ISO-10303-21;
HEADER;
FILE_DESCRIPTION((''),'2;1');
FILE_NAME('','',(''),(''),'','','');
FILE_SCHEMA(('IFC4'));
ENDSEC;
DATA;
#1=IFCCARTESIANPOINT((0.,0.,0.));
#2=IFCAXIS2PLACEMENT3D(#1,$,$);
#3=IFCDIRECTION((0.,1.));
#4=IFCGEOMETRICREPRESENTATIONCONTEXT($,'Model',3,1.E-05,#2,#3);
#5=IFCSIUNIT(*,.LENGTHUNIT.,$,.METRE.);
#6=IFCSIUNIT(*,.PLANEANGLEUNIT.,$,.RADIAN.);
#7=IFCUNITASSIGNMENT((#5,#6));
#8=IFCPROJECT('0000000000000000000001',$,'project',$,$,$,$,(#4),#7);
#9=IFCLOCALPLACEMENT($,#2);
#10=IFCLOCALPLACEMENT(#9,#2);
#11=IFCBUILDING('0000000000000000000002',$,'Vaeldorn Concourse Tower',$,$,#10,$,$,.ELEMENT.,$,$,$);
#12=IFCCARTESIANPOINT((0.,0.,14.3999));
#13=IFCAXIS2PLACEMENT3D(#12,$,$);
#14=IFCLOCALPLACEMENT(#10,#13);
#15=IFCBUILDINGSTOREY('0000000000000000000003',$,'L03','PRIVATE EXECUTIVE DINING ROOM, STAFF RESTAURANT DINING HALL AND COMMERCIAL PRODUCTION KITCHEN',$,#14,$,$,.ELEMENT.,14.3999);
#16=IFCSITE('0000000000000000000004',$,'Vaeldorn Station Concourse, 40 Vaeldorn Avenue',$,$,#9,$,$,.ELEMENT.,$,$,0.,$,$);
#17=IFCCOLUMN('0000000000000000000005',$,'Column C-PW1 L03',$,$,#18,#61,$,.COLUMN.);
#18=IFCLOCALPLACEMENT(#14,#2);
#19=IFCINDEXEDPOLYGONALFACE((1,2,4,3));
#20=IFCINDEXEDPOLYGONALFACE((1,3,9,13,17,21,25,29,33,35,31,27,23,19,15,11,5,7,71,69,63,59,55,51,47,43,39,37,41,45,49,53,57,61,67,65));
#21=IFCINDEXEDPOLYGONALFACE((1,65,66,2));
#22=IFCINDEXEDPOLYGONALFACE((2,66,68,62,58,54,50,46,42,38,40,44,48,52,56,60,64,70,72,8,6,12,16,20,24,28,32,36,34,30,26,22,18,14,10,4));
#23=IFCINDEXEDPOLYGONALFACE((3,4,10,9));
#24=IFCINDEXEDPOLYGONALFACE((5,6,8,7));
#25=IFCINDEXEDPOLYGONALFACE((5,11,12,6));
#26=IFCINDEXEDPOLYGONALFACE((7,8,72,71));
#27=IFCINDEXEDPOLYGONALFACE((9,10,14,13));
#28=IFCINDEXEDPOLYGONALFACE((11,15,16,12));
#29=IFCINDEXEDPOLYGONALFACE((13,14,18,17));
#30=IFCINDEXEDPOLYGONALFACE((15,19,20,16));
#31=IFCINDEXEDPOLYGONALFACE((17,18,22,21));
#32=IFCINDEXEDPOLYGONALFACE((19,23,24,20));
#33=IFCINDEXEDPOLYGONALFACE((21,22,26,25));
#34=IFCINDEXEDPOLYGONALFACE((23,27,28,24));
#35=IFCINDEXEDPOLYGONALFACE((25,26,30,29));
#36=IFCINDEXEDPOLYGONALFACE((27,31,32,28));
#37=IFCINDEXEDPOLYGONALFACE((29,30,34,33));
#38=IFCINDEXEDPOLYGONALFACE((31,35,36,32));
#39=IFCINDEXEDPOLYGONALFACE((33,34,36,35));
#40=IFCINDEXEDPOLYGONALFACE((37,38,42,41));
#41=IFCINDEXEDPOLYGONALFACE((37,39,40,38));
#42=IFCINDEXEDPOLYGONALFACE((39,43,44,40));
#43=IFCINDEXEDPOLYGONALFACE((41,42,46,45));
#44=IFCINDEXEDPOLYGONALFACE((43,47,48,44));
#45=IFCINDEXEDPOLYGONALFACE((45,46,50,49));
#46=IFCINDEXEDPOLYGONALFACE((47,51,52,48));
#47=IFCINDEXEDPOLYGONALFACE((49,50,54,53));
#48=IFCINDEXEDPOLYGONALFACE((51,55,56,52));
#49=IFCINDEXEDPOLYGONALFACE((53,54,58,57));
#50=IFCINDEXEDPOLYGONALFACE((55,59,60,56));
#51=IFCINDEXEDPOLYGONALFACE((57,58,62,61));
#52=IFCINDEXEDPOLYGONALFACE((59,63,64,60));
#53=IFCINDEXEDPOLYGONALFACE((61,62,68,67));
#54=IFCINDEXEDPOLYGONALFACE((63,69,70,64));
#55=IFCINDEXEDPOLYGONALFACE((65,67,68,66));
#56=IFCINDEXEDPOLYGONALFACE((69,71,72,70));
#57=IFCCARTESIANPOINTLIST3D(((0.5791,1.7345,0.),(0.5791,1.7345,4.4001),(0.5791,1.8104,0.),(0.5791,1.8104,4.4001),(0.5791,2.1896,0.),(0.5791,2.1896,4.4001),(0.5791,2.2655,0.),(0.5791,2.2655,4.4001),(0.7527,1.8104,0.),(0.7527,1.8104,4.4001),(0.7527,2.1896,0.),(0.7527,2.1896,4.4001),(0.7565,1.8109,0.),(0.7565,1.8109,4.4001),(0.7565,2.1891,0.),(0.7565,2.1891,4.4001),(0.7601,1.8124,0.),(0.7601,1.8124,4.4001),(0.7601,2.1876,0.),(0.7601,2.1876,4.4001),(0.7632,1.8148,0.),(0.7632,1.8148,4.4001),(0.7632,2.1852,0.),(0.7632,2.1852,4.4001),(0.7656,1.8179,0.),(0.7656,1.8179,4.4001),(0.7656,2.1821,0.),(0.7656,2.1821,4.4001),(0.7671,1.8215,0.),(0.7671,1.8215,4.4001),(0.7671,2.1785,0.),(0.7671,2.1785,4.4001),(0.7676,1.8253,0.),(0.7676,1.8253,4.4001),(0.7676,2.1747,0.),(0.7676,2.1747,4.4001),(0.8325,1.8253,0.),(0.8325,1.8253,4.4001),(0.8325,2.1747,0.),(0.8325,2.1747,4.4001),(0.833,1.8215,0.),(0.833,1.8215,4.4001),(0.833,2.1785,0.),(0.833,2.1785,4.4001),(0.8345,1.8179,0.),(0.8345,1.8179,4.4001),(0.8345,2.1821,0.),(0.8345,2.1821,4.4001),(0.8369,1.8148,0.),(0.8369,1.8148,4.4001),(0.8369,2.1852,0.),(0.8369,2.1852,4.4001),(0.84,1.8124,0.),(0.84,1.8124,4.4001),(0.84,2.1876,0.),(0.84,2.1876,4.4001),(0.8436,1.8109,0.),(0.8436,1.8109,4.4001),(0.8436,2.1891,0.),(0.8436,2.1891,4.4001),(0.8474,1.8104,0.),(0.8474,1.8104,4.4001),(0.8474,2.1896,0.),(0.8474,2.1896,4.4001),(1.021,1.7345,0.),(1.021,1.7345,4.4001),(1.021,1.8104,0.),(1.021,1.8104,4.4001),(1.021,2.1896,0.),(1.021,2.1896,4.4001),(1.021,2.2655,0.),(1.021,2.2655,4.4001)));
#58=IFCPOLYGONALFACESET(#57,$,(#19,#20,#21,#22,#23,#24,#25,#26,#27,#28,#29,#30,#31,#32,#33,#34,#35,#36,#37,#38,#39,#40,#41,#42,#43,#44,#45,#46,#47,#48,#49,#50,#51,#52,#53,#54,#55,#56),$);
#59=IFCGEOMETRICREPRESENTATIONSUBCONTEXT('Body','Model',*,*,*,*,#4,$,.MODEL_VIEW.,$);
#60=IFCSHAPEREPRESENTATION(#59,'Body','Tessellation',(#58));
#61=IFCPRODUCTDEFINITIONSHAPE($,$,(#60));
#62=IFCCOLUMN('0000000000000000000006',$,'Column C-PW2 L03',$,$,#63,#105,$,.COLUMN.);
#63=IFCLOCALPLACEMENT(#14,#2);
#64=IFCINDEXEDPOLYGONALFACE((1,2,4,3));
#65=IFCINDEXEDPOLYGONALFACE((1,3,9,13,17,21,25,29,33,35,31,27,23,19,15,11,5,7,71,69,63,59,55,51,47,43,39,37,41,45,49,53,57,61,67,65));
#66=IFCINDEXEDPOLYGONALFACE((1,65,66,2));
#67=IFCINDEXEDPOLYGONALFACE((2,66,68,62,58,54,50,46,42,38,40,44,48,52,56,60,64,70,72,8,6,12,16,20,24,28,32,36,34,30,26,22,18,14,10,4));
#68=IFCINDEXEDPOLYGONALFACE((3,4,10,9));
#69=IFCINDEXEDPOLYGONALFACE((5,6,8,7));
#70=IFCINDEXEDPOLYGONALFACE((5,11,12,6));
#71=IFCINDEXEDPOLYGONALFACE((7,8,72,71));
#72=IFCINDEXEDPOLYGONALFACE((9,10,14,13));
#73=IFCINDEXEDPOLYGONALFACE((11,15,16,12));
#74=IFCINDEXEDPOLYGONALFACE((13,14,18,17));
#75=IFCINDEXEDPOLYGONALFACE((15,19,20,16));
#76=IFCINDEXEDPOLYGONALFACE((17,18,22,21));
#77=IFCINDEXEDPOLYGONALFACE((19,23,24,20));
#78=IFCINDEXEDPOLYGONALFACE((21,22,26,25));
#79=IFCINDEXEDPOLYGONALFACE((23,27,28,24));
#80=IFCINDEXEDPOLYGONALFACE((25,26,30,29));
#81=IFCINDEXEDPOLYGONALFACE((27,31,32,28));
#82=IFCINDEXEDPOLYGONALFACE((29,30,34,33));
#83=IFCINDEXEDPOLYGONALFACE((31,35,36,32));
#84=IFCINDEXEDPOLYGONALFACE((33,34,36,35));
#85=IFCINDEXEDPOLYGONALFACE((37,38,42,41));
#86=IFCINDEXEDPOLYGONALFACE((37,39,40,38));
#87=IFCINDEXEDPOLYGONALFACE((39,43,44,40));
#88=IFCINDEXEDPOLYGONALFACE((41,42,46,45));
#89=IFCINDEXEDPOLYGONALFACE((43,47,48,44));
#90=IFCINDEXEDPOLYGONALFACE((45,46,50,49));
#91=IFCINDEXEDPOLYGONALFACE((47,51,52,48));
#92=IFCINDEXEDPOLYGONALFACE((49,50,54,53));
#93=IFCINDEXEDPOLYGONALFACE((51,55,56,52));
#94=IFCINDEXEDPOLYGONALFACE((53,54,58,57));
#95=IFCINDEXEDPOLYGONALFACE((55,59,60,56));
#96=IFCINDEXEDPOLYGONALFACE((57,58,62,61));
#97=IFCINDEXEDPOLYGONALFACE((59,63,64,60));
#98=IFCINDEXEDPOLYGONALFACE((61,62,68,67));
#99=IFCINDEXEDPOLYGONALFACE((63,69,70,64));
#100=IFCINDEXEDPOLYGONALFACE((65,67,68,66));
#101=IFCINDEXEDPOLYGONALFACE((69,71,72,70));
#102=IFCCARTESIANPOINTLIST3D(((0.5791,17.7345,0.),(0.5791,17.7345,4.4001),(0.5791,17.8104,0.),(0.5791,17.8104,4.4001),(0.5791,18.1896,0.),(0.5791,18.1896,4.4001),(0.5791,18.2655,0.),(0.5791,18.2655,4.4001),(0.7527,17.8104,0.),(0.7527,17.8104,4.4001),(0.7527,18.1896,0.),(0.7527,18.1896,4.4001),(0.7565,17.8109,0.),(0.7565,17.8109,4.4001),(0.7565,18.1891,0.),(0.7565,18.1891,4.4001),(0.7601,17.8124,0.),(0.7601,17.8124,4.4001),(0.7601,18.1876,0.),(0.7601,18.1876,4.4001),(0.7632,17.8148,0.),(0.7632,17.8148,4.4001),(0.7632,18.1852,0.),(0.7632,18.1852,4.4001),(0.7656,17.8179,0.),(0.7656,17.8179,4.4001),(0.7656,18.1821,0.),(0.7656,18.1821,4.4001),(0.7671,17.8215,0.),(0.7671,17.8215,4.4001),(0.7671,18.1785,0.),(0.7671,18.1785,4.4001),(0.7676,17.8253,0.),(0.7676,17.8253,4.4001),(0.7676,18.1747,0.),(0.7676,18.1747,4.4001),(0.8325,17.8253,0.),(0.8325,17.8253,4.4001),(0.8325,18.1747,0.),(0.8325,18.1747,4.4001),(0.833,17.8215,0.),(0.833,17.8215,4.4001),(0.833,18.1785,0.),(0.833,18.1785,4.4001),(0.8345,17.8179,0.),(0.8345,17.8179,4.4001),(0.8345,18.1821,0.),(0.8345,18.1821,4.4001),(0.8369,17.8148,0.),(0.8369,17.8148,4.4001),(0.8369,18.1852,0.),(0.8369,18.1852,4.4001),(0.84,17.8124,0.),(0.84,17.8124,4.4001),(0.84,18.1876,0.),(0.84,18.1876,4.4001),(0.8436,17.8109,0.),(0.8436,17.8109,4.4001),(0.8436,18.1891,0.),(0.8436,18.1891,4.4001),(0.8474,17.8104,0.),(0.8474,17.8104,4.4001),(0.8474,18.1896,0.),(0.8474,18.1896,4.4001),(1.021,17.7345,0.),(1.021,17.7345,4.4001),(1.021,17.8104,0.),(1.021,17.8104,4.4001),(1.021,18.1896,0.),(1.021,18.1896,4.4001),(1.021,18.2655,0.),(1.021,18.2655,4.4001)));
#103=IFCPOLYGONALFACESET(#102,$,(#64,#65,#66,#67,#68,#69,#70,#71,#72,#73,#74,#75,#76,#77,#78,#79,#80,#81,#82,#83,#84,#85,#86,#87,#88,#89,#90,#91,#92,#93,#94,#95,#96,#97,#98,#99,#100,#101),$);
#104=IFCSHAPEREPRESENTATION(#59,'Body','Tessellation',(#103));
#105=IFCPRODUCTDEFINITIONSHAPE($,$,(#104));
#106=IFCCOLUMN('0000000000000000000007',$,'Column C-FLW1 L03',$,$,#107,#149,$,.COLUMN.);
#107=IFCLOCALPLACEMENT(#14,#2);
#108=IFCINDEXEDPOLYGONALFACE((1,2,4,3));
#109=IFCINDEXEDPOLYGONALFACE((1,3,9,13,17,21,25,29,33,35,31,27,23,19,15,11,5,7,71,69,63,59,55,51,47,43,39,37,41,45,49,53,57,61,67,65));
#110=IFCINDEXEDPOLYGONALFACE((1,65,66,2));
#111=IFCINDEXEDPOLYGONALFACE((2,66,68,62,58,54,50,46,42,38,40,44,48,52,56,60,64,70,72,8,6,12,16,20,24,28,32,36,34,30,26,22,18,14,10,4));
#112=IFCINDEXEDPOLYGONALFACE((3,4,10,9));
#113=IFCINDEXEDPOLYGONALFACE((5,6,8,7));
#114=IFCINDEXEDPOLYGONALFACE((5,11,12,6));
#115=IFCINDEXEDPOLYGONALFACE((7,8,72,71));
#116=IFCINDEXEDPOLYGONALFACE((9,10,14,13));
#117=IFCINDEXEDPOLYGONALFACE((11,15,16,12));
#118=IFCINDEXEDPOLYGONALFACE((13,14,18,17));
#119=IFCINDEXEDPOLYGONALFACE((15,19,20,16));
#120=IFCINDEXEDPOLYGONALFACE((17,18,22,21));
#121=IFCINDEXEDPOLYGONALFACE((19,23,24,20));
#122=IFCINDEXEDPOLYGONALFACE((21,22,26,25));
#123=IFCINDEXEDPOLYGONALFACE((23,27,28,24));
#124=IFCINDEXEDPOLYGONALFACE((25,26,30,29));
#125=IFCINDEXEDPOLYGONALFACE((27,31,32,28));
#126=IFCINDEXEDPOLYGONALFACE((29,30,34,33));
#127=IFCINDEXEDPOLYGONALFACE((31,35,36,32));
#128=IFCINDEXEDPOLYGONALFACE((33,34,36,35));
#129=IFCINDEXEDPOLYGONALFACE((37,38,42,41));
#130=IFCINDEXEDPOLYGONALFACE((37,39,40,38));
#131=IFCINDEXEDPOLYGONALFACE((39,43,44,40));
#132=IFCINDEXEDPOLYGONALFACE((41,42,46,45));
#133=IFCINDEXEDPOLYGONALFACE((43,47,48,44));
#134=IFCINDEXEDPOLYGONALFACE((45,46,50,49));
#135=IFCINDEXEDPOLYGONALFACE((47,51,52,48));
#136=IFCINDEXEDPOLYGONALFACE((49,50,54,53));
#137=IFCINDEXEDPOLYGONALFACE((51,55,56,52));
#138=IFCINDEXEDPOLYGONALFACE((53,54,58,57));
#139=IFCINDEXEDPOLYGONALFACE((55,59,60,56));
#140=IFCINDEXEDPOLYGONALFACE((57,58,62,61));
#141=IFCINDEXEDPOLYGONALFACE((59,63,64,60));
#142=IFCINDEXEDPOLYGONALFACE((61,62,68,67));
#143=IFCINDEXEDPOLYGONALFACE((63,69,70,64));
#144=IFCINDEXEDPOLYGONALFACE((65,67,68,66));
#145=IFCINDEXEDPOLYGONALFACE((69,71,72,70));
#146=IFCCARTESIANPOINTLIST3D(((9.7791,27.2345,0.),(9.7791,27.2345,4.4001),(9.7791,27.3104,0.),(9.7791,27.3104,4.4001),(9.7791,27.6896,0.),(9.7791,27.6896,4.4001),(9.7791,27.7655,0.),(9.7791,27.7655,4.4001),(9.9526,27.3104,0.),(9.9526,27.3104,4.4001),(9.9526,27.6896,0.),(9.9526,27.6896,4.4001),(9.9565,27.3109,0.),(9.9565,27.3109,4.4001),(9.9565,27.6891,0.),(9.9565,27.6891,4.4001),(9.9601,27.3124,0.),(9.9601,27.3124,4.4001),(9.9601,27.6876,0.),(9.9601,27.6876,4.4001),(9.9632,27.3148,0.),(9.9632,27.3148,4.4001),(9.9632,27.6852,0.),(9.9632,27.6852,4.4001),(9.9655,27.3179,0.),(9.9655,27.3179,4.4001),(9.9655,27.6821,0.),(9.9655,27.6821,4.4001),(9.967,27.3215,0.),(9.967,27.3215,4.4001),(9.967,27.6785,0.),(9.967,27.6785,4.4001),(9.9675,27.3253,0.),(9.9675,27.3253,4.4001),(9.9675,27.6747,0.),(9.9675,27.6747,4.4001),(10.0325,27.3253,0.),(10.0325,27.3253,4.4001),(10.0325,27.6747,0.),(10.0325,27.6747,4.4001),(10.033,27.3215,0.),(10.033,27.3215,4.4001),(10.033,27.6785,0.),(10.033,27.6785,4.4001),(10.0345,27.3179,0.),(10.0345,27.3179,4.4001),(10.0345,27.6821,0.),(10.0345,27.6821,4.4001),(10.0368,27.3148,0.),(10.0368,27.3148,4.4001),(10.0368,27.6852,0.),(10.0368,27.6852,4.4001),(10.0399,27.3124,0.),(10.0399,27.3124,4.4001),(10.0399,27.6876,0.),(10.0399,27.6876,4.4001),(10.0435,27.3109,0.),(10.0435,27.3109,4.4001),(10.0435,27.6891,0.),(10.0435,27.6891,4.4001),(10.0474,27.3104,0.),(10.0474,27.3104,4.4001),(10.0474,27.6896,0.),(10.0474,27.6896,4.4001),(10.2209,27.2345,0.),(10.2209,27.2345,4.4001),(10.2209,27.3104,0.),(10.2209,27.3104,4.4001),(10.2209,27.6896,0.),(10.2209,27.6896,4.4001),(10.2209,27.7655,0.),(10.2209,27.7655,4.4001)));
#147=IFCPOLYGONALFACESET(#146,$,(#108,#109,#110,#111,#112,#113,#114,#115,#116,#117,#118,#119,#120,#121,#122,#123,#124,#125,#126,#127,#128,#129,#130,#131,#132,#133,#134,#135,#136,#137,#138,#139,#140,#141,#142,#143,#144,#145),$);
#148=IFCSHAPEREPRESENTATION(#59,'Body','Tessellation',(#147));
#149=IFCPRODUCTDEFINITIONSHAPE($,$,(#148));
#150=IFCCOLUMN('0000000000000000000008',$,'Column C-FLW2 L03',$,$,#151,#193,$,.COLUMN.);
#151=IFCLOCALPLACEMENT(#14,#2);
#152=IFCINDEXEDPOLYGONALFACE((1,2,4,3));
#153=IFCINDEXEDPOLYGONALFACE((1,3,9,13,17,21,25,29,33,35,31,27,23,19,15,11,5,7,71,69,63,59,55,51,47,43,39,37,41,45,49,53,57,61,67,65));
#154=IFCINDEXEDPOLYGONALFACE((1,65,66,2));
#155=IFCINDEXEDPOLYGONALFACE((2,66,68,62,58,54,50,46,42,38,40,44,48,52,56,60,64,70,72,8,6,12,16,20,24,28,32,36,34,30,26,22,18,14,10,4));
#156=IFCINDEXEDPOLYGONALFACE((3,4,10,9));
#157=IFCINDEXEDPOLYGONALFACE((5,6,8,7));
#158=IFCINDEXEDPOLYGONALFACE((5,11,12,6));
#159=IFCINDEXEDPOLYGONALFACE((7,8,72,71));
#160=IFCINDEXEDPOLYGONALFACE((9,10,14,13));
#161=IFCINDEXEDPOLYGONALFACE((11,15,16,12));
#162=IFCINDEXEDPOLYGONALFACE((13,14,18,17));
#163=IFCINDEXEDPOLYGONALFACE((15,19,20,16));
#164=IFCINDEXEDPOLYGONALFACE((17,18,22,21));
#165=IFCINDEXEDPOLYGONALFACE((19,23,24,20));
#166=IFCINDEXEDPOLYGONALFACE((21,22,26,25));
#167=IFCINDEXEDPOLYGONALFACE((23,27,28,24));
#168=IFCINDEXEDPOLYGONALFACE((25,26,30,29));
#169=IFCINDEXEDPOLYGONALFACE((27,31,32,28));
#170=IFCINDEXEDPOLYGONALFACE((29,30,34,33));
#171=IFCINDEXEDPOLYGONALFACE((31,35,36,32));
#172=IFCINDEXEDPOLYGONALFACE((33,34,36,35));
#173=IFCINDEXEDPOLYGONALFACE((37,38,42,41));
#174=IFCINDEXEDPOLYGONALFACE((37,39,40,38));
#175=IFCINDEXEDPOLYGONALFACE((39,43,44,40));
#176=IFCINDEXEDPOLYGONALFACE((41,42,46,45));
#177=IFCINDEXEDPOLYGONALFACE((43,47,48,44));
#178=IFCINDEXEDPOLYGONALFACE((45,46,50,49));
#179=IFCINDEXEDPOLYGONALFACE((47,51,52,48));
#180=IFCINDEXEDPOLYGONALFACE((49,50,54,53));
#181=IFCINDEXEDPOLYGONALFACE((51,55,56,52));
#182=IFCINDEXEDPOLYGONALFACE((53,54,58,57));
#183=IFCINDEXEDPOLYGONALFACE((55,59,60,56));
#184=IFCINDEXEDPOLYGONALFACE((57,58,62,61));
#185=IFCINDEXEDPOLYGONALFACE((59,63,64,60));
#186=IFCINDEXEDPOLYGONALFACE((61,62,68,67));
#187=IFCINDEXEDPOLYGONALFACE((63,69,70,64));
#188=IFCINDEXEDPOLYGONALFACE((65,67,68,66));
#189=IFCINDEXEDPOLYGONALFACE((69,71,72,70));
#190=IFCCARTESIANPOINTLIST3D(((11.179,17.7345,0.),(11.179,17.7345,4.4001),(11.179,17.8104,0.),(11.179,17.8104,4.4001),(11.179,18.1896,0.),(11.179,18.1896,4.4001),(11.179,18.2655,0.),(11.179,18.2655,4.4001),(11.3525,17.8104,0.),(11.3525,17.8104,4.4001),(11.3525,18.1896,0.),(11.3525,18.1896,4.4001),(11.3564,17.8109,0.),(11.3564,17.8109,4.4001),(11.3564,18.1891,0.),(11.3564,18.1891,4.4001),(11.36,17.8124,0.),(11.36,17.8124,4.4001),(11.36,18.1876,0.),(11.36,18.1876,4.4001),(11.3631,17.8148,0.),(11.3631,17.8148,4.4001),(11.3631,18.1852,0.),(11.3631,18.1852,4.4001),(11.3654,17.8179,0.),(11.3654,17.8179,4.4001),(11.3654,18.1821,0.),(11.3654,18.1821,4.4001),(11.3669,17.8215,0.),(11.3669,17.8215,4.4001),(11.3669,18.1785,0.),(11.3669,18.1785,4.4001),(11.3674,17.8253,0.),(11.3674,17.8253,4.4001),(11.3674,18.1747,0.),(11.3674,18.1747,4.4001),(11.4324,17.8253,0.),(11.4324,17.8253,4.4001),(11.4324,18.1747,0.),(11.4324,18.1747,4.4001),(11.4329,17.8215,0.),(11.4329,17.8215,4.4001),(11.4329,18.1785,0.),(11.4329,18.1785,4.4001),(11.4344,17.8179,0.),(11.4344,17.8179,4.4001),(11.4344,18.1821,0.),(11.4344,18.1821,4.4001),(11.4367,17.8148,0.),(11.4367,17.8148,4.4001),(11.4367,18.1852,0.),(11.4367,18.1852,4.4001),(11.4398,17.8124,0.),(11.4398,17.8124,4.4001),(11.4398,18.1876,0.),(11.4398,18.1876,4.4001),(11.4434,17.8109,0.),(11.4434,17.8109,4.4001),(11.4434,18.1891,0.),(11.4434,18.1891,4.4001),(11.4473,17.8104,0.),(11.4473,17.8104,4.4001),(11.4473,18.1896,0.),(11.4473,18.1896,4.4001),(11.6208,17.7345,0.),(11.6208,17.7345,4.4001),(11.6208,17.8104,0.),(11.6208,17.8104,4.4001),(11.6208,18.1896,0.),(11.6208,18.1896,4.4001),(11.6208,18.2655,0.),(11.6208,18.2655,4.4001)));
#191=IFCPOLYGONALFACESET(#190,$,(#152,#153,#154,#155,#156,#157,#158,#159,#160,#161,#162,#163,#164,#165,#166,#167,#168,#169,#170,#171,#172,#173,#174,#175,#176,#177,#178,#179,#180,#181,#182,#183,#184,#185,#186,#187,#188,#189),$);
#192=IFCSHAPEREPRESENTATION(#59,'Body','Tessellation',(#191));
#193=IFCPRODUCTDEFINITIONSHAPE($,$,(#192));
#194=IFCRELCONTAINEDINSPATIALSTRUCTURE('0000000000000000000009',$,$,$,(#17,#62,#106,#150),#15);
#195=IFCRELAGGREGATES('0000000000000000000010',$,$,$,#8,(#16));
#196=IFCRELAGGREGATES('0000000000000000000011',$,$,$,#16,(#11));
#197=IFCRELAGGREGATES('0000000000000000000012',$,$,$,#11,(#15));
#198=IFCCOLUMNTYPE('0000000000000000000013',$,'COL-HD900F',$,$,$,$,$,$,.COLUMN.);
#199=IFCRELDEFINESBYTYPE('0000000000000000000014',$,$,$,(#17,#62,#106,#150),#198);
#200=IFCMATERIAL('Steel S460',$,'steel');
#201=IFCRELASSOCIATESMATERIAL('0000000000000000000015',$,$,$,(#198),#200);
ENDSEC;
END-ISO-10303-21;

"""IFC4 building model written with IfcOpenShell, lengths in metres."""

from ifc_helpers import new_model, si_unit, direction, frame, origin, origin_2d, place, context, subcontext, project, spatial, i_section, extrude, source, transform, mapped, material, material_profile, profile_set, type_object, element, save


model = new_model("IFC4")

# Units and contexts
model_context = context("Model", 3, precision=1e-05, world=origin(), true_north=direction((0.0, 1.0)))
body_context = subcontext(model_context, "Body", "Model", "MODEL_VIEW")
ifc_project = project(units=[si_unit("LENGTHUNIT", "METRE"), si_unit("PLANEANGLEUNIT", "RADIAN")], contexts=[model_context])

# Site, building, storey
site_placement = place(None, origin())
site = spatial("IfcSite", under=ifc_project, at=site_placement, Name="Vaeldorn Station Concourse, 40 Vaeldorn Avenue", CompositionType="ELEMENT", RefElevation=0.0)
building_placement = place(site_placement, origin())
building = spatial("IfcBuilding", under=site, at=building_placement, Name="Vaeldorn Concourse Tower", CompositionType="ELEMENT")
storey_placement = place(building_placement, frame((0.0, 0.0, 14.3999)))
storey = spatial("IfcBuildingStorey", under=building, at=storey_placement, Name="L03", Description="PRIVATE EXECUTIVE DINING ROOM, STAFF RESTAURANT DINING HALL AND COMMERCIAL PRODUCTION KITCHEN", CompositionType="ELEMENT", Elevation=14.3999)

# Columns
ifc_material_1 = material(Name="Steel S460", Category="steel")
ifc_material_profile_1 = material_profile(ifc_material_1, i_section(OverallWidth=0.4419, OverallDepth=0.531, WebThickness=0.0649, FlangeThickness=0.0759, FilletRadius=0.0149, at=origin_2d()), Name="HD 400x900")
ifc_profile_set_1 = profile_set([ifc_material_profile_1], Name="Steel S460")
column_type = type_object("IfcColumnType", Name="COL-HD900F", PredefinedType="COLUMN", material=ifc_profile_set_1)
shared_shape_1 = source(origin(), body_context, "Body", "SweptSolid", [
    extrude(i_section(OverallWidth=0.4419, OverallDepth=0.531, WebThickness=0.0649, FlangeThickness=0.0759, FilletRadius=0.0149, at=origin_2d()), origin(), (0.0, 0.0, 1.0), 4.4001),
])
for number, where, z_axis, x_axis, name in (
    (1, (0.8, 2.0, 0.0), (0.0, 0.0, 1.0), (1.0, 0.0, 0.0), "Column C-PW1 L03"),
    (2, (0.8, 18.0, 0.0), (0.0, 0.0, 1.0), (1.0, 0.0, 0.0), "Column C-PW2 L03"),
    (3, (10.0, 27.5, 0.0), (0.0, 0.0, 1.0), (1.0, 0.0, 0.0), "Column C-FLW1 L03"),
    (4, (11.3999, 18.0, 0.0), (0.0, 0.0, 1.0), (1.0, 0.0, 0.0), "Column C-FLW2 L03"),
):
    element("IfcColumn", number, at=place(storey_placement, frame(where, z_axis=z_axis, x_axis=x_axis)), inside=storey, type_object=column_type, Name=name, PredefinedType="COLUMN", context=body_context, shape_type="MappedRepresentation", body=[
        mapped(shared_shape_1, transform((0.0, 0.0, 0.0), scale=1.0)),
    ])

save(model, "model.ifc")
